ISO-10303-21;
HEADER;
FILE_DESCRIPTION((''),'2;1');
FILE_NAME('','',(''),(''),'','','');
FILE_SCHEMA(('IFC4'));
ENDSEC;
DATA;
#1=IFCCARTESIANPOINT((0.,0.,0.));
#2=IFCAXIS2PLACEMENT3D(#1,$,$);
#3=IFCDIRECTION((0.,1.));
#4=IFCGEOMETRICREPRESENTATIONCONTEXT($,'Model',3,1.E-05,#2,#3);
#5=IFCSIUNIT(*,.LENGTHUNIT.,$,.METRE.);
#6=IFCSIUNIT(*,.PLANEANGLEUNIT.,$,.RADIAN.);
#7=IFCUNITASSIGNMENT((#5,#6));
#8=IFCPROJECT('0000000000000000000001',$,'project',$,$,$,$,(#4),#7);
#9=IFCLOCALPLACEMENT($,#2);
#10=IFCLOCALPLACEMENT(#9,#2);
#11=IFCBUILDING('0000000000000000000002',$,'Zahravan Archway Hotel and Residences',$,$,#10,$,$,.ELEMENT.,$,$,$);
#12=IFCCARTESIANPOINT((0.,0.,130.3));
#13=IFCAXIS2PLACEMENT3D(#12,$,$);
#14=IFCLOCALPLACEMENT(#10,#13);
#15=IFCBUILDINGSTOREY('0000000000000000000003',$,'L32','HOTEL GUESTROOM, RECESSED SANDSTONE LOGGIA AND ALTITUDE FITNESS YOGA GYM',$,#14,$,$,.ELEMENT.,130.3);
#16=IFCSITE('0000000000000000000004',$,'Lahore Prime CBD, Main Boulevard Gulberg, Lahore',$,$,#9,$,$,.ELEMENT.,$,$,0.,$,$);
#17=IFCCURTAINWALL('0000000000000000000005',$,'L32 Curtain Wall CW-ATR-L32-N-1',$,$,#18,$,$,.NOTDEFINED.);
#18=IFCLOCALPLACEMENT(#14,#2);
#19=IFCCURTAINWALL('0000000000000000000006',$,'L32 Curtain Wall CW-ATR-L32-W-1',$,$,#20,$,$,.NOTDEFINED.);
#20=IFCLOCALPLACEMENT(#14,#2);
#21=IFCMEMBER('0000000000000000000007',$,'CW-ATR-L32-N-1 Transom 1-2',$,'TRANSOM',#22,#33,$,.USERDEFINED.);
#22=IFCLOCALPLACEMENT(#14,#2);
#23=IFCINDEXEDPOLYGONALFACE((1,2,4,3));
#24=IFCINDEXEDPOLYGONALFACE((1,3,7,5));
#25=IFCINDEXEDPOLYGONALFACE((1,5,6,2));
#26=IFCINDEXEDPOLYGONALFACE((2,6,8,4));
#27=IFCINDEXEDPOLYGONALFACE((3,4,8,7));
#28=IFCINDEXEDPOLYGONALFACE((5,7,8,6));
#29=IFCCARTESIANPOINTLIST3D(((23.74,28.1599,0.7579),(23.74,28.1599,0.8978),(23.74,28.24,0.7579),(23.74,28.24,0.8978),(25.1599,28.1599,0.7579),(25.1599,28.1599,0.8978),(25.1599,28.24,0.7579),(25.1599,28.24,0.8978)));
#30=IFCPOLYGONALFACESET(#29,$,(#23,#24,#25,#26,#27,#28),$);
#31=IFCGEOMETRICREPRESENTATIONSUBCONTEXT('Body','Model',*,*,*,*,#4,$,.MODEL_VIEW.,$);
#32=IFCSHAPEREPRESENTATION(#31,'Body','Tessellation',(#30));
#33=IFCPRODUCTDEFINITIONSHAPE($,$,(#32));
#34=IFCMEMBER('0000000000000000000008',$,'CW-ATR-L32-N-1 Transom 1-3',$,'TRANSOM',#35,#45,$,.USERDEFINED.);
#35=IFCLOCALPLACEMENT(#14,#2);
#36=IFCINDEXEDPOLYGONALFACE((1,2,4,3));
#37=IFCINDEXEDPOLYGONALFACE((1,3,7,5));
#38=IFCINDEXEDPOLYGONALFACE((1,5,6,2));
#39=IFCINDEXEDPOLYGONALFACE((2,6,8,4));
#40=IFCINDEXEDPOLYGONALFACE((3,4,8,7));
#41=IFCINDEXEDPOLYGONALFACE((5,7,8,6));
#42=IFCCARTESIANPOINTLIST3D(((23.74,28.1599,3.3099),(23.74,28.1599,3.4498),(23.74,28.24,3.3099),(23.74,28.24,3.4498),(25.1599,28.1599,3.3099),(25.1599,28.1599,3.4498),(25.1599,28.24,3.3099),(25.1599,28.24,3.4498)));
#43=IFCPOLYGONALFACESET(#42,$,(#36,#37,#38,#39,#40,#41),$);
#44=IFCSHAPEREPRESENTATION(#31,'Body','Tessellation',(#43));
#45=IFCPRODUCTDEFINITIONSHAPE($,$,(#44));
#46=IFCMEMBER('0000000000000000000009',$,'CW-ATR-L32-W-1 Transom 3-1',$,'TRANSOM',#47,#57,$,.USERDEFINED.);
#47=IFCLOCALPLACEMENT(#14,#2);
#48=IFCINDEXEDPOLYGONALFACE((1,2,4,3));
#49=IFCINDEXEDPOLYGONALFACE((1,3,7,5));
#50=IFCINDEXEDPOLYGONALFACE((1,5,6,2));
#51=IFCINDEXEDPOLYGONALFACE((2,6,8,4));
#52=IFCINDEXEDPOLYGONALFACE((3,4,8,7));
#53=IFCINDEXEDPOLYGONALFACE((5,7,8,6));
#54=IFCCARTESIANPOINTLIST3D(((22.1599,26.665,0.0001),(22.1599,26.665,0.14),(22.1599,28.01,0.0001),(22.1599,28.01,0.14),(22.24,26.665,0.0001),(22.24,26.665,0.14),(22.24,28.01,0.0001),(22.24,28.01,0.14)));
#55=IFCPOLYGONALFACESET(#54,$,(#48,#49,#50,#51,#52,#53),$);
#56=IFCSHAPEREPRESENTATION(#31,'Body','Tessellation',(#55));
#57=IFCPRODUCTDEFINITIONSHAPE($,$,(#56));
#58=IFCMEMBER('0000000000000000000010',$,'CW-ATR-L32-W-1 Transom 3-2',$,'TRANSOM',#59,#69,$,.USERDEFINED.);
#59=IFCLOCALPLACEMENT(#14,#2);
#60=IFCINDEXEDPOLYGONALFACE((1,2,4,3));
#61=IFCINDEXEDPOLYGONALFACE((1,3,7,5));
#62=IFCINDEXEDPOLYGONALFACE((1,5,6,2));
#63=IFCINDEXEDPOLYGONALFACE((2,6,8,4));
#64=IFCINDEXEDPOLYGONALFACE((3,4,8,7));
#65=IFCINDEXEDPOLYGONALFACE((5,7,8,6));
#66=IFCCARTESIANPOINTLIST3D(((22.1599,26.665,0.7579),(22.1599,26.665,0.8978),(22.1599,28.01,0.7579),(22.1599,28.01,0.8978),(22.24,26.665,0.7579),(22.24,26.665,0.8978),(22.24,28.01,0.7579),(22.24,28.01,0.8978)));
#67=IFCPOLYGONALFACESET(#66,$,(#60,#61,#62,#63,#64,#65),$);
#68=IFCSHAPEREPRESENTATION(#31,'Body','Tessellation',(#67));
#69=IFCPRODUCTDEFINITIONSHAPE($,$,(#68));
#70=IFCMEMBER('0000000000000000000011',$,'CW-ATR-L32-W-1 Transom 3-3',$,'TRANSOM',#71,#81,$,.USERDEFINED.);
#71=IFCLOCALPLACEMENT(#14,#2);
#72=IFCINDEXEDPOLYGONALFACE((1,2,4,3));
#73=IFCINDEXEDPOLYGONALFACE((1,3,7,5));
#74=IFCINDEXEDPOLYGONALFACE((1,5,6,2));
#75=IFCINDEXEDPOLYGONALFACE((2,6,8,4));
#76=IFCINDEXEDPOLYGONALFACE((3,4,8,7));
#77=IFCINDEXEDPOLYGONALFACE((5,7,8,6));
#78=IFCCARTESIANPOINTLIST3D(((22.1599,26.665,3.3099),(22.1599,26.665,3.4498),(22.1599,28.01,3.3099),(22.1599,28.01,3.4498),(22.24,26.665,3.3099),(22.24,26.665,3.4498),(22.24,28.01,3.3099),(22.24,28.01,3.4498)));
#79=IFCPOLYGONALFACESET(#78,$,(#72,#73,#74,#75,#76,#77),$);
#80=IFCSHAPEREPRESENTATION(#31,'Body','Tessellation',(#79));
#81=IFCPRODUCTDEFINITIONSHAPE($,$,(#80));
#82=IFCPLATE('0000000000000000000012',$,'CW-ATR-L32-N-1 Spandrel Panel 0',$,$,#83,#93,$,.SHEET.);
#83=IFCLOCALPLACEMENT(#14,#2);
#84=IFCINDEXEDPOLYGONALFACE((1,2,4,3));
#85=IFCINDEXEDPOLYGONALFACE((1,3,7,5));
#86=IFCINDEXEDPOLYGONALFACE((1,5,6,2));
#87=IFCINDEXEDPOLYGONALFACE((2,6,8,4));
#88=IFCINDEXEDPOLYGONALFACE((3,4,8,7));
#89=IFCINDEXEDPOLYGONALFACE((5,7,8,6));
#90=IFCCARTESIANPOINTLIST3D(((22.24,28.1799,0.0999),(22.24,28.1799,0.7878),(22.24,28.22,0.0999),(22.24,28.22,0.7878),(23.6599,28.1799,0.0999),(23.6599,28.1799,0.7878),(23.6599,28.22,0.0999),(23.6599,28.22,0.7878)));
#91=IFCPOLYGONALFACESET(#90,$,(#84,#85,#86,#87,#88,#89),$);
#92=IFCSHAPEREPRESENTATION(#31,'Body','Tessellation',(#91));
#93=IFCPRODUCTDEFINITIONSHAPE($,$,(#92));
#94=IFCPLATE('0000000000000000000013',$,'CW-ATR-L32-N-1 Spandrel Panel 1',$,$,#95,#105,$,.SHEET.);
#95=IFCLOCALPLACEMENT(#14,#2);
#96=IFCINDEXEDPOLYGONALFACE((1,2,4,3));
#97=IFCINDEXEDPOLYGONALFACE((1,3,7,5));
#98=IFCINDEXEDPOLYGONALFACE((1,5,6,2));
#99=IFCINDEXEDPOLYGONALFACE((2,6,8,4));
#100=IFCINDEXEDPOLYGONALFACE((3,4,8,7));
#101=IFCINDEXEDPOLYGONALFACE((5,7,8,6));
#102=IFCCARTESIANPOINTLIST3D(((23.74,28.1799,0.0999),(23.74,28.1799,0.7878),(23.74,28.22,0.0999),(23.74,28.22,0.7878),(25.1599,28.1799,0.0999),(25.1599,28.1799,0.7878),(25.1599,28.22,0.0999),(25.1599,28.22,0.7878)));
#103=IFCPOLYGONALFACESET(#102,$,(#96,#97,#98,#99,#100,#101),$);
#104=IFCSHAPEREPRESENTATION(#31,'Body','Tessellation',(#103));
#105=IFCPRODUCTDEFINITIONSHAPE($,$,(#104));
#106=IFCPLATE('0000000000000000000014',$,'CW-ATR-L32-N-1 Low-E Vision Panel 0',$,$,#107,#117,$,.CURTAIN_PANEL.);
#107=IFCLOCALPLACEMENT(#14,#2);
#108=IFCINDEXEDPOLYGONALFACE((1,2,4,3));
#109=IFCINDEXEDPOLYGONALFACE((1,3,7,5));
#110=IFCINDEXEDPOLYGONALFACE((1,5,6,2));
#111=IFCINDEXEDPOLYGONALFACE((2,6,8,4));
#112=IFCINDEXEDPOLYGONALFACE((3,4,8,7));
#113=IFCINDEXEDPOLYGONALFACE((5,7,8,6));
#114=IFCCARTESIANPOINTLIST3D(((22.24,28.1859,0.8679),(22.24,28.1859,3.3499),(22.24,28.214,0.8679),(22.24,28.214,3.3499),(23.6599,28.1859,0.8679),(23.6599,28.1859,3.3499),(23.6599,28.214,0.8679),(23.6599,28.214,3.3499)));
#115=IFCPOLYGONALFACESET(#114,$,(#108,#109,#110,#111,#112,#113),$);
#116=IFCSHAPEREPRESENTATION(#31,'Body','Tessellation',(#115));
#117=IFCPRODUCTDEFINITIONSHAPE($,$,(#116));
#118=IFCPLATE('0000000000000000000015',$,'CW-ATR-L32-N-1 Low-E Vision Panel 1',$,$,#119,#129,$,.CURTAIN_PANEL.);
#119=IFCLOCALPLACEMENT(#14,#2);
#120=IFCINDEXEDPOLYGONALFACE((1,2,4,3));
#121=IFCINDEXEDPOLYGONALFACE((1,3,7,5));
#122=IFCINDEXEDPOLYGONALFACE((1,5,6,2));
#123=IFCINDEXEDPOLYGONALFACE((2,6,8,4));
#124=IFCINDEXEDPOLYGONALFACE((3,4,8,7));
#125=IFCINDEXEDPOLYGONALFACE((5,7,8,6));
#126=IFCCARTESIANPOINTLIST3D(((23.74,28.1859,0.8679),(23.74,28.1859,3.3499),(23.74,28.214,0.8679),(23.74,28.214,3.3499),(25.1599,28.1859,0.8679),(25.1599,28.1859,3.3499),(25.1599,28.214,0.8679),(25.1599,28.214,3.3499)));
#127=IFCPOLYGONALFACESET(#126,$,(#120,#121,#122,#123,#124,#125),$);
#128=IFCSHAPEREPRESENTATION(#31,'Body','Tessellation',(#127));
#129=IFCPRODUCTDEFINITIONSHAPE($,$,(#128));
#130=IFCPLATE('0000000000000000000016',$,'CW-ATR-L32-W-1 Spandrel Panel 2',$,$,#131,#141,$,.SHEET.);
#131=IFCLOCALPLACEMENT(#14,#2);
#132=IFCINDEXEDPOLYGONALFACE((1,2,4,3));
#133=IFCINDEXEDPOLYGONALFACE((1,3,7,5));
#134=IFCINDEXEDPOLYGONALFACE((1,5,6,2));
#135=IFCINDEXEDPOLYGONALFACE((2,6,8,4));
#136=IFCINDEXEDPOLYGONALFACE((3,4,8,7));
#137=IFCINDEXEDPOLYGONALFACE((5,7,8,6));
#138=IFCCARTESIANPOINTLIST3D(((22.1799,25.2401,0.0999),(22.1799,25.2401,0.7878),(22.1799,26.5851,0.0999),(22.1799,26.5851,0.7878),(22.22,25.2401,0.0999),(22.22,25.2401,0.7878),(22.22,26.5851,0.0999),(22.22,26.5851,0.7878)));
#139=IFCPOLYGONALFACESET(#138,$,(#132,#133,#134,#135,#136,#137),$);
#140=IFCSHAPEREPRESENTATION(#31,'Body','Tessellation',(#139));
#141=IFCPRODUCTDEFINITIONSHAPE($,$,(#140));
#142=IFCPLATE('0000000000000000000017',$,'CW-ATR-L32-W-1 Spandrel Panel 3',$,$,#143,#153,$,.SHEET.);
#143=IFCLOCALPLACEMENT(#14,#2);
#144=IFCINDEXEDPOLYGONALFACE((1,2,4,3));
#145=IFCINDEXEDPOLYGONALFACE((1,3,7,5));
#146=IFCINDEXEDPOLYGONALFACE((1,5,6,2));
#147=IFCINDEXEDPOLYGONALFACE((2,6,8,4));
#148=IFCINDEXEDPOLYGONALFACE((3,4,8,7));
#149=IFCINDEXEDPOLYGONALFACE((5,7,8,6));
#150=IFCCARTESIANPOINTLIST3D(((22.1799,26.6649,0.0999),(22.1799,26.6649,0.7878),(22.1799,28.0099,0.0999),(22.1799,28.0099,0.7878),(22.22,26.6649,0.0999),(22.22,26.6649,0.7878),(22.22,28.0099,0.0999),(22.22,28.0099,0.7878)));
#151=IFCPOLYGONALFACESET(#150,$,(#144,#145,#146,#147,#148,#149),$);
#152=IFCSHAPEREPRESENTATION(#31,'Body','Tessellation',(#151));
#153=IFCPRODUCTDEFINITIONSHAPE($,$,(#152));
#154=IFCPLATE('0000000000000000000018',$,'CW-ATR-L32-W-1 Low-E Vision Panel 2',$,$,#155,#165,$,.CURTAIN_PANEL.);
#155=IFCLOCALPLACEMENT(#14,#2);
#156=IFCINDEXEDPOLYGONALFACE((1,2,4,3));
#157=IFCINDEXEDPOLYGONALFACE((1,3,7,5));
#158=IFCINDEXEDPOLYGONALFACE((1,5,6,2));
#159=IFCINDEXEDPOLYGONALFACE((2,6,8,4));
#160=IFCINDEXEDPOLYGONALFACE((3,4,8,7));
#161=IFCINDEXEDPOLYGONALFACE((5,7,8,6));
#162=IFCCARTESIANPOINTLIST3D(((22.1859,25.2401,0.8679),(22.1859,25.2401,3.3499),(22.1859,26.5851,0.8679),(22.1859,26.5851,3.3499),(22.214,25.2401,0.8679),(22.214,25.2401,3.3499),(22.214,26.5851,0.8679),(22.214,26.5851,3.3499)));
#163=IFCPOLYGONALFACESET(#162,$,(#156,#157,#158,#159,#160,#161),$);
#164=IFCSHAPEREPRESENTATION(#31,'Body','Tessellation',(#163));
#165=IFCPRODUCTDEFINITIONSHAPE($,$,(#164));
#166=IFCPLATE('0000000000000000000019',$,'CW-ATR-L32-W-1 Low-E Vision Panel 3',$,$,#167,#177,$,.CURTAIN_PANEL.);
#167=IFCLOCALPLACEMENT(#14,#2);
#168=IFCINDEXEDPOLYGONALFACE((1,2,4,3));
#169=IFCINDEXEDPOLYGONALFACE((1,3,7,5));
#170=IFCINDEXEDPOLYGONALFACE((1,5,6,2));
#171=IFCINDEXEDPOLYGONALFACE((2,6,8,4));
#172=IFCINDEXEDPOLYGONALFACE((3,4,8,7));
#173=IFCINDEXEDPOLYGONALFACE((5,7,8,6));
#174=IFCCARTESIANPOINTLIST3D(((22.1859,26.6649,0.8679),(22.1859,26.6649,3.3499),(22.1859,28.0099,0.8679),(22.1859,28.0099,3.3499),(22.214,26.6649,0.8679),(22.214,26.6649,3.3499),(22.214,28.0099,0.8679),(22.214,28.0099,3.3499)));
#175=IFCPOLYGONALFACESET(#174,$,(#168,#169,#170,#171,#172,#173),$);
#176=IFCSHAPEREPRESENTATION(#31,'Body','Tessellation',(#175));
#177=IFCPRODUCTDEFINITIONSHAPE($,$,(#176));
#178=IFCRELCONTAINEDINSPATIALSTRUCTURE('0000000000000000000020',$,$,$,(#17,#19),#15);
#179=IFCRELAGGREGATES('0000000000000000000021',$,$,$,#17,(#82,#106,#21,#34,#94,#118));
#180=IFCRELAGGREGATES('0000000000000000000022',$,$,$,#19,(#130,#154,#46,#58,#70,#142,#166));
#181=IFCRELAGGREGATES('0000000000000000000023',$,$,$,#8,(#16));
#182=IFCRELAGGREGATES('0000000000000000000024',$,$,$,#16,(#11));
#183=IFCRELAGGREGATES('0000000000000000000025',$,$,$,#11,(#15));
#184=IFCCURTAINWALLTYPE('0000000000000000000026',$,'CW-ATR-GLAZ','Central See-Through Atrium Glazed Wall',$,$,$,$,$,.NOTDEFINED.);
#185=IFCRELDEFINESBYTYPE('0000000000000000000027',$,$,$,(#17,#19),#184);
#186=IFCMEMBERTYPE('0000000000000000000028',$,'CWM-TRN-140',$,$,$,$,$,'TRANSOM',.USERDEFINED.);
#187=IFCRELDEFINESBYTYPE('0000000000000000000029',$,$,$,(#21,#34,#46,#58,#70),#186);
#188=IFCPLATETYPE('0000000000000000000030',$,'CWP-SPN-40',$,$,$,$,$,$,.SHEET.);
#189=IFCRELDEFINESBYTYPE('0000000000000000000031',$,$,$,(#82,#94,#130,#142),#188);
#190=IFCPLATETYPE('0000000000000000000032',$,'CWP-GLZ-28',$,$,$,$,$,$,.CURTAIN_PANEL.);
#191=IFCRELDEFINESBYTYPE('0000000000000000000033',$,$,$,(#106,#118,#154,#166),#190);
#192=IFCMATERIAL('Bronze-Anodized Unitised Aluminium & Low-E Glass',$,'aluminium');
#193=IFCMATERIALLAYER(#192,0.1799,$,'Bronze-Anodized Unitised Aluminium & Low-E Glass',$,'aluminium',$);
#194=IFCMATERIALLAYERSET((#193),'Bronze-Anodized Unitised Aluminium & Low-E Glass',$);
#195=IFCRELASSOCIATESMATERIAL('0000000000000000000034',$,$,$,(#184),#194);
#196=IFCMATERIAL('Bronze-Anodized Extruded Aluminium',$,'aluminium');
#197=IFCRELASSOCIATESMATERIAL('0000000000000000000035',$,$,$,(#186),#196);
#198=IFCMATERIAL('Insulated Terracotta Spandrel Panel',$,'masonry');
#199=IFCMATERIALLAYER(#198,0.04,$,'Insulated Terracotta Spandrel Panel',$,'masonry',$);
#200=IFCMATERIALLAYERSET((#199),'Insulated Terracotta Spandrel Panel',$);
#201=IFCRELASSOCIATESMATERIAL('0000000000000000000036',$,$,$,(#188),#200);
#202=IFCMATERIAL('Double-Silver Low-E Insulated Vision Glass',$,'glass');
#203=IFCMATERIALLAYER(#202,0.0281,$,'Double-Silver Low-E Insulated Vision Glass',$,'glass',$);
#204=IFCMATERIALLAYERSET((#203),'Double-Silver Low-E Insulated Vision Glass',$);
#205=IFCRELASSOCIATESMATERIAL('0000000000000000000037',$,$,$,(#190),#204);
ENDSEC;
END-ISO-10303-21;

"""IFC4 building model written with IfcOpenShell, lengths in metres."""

from ifc_helpers import new_model, si_unit, direction, frame, origin, origin_2d, place, context, subcontext, project, spatial, rectangle, extrude, source, transform, mapped, material, layer, layer_set, material_profile, profile_set, type_object, element, aggregate, save


model = new_model("IFC4")

# Units and contexts
model_context = context("Model", 3, precision=1e-05, world=origin(), true_north=direction((0.0, 1.0)))
body_context = subcontext(model_context, "Body", "Model", "MODEL_VIEW")
ifc_project = project(units=[si_unit("LENGTHUNIT", "METRE"), si_unit("PLANEANGLEUNIT", "RADIAN")], contexts=[model_context])

# Site, building, storey
site_placement = place(None, origin())
site = spatial("IfcSite", under=ifc_project, at=site_placement, Name="Lahore Prime CBD, Main Boulevard Gulberg, Lahore", CompositionType="ELEMENT", RefElevation=0.0)
building_placement = place(site_placement, origin())
building = spatial("IfcBuilding", under=site, at=building_placement, Name="Zahravan Archway Hotel and Residences", CompositionType="ELEMENT")
storey_placement = place(building_placement, frame((0.0, 0.0, 130.3)))
storey = spatial("IfcBuildingStorey", under=building, at=storey_placement, Name="L32", Description="HOTEL GUESTROOM, RECESSED SANDSTONE LOGGIA AND ALTITUDE FITNESS YOGA GYM", CompositionType="ELEMENT", Elevation=130.3)

# Shared definitions
ifc_material_1 = material(Name="Bronze-Anodized Unitised Aluminium & Low-E Glass", Category="aluminium")
ifc_layer_1 = layer(ifc_material_1, 0.1799, Name="Bronze-Anodized Unitised Aluminium & Low-E Glass", Category="aluminium")
ifc_layer_set_1 = layer_set([ifc_layer_1], Name="Bronze-Anodized Unitised Aluminium & Low-E Glass")
curtain_wall_type = type_object("IfcCurtainWallType", Name="CW-ATR-GLAZ", Description="Central See-Through Atrium Glazed Wall", PredefinedType="NOTDEFINED", material=ifc_layer_set_1)
ifc_material_2 = material(Name="Bronze-Anodized Extruded Aluminium", Category="aluminium")

# Curtain walls
curtain_wall_1_placement = place(storey_placement, origin())
curtain_wall_1 = element("IfcCurtainWall", 1, at=curtain_wall_1_placement, inside=storey, type_object=curtain_wall_type, Name="L32 Curtain Wall CW-ATR-L32-N-1", PredefinedType="NOTDEFINED")
curtain_wall_2_placement = place(storey_placement, origin())
curtain_wall_2 = element("IfcCurtainWall", 2, at=curtain_wall_2_placement, inside=storey, type_object=curtain_wall_type, Name="L32 Curtain Wall CW-ATR-L32-W-1", PredefinedType="NOTDEFINED")

# Members
ifc_material_profile_1 = material_profile(ifc_material_2, rectangle(XDim=0.0801, YDim=0.1399, at=origin_2d()), Name="TRN 80x140", Category="aluminium")
ifc_profile_set_1 = profile_set([ifc_material_profile_1], Name="Bronze-Anodized Extruded Aluminium")
member_type_1 = type_object("IfcMemberType", Name="CWM-TRN-140", ElementType="TRANSOM", PredefinedType="USERDEFINED", material=ifc_profile_set_1)
shared_shape_1 = source(origin(), body_context, "Body", "SweptSolid", [
    extrude(rectangle(XDim=0.0801, YDim=0.1399, at=origin_2d()), origin(), (0.0, 0.0, 1.0), 1.4199),
])
member_1_placement = place(storey_placement, frame((23.74, 28.2, 0.8279), z_axis=(1.0, 0.0, 0.0), x_axis=(0.0, 1.0, 0.0)))
member_1 = element("IfcMember", 3, at=member_1_placement, type_object=member_type_1, Name="CW-ATR-L32-N-1 Transom 1-2", ObjectType="TRANSOM", PredefinedType="USERDEFINED", context=body_context, shape_type="MappedRepresentation", body=[
    mapped(shared_shape_1, transform((0.0, 0.0, 0.0), scale=1.0)),
])
member_2_placement = place(storey_placement, frame((23.74, 28.2, 3.3799), z_axis=(1.0, 0.0, 0.0), x_axis=(0.0, 1.0, 0.0)))
member_2 = element("IfcMember", 4, at=member_2_placement, type_object=member_type_1, Name="CW-ATR-L32-N-1 Transom 1-3", ObjectType="TRANSOM", PredefinedType="USERDEFINED", context=body_context, shape_type="MappedRepresentation", body=[
    mapped(shared_shape_1, transform((0.0, 0.0, 0.0), scale=1.0)),
])
shared_shape_2 = source(origin(), body_context, "Body", "SweptSolid", [
    extrude(rectangle(XDim=0.0801, YDim=0.1399, at=origin_2d()), origin(), (0.0, 0.0, 1.0), 1.345),
])
member_3_placement = place(storey_placement, frame((22.2, 26.665, 0.0701), z_axis=(0.0, 1.0, 0.0), x_axis=(-1.0, 0.0, 0.0)))
member_3 = element("IfcMember", 5, at=member_3_placement, type_object=member_type_1, Name="CW-ATR-L32-W-1 Transom 3-1", ObjectType="TRANSOM", PredefinedType="USERDEFINED", context=body_context, shape_type="MappedRepresentation", body=[
    mapped(shared_shape_2, transform((0.0, 0.0, 0.0), scale=1.0)),
])
member_4_placement = place(storey_placement, frame((22.2, 26.665, 0.8279), z_axis=(0.0, 1.0, 0.0), x_axis=(-1.0, 0.0, 0.0)))
member_4 = element("IfcMember", 6, at=member_4_placement, type_object=member_type_1, Name="CW-ATR-L32-W-1 Transom 3-2", ObjectType="TRANSOM", PredefinedType="USERDEFINED", context=body_context, shape_type="MappedRepresentation", body=[
    mapped(shared_shape_2, transform((0.0, 0.0, 0.0), scale=1.0)),
])
member_5_placement = place(storey_placement, frame((22.2, 26.665, 3.3799), z_axis=(0.0, 1.0, 0.0), x_axis=(-1.0, 0.0, 0.0)))
member_5 = element("IfcMember", 7, at=member_5_placement, type_object=member_type_1, Name="CW-ATR-L32-W-1 Transom 3-3", ObjectType="TRANSOM", PredefinedType="USERDEFINED", context=body_context, shape_type="MappedRepresentation", body=[
    mapped(shared_shape_2, transform((0.0, 0.0, 0.0), scale=1.0)),
])

# Plates
ifc_material_3 = material(Name="Insulated Terracotta Spandrel Panel", Category="masonry")
ifc_layer_2 = layer(ifc_material_3, 0.04, Name="Insulated Terracotta Spandrel Panel", Category="masonry")
ifc_layer_set_2 = layer_set([ifc_layer_2], Name="Insulated Terracotta Spandrel Panel")
plate_type_1 = type_object("IfcPlateType", Name="CWP-SPN-40", PredefinedType="SHEET", material=ifc_layer_set_2)
shared_shape_3 = source(origin(), body_context, "Body", "SweptSolid", [
    extrude(rectangle(XDim=1.4199, YDim=0.04, at=origin_2d()), origin(), (0.0, 0.0, 1.0), 0.688),
])
plate_1_placement = place(storey_placement, frame((22.95, 28.2, 0.0999), z_axis=(0.0, 0.0, 1.0), x_axis=(1.0, 0.0, 0.0)))
plate_1 = element("IfcPlate", 8, at=plate_1_placement, type_object=plate_type_1, Name="CW-ATR-L32-N-1 Spandrel Panel 0", PredefinedType="SHEET", context=body_context, shape_type="MappedRepresentation", body=[
    mapped(shared_shape_3, transform((0.0, 0.0, 0.0), scale=1.0)),
])
plate_2_placement = place(storey_placement, frame((24.45, 28.2, 0.0999), z_axis=(0.0, 0.0, 1.0), x_axis=(1.0, 0.0, 0.0)))
plate_2 = element("IfcPlate", 9, at=plate_2_placement, type_object=plate_type_1, Name="CW-ATR-L32-N-1 Spandrel Panel 1", PredefinedType="SHEET", context=body_context, shape_type="MappedRepresentation", body=[
    mapped(shared_shape_3, transform((0.0, 0.0, 0.0), scale=1.0)),
])
ifc_material_4 = material(Name="Double-Silver Low-E Insulated Vision Glass", Category="glass")
ifc_layer_3 = layer(ifc_material_4, 0.0281, Name="Double-Silver Low-E Insulated Vision Glass", Category="glass")
ifc_layer_set_3 = layer_set([ifc_layer_3], Name="Double-Silver Low-E Insulated Vision Glass")
plate_type_2 = type_object("IfcPlateType", Name="CWP-GLZ-28", PredefinedType="CURTAIN_PANEL", material=ifc_layer_set_3)
shared_shape_4 = source(origin(), body_context, "Body", "SweptSolid", [
    extrude(rectangle(XDim=1.4199, YDim=0.0281, at=origin_2d()), origin(), (0.0, 0.0, 1.0), 2.4819),
])
plate_3_placement = place(storey_placement, frame((22.95, 28.2, 0.8679), z_axis=(0.0, 0.0, 1.0), x_axis=(1.0, 0.0, 0.0)))
plate_3 = element("IfcPlate", 10, at=plate_3_placement, type_object=plate_type_2, Name="CW-ATR-L32-N-1 Low-E Vision Panel 0", PredefinedType="CURTAIN_PANEL", context=body_context, shape_type="MappedRepresentation", body=[
    mapped(shared_shape_4, transform((0.0, 0.0, 0.0), scale=1.0)),
])
plate_4_placement = place(storey_placement, frame((24.45, 28.2, 0.8679), z_axis=(0.0, 0.0, 1.0), x_axis=(1.0, 0.0, 0.0)))
plate_4 = element("IfcPlate", 11, at=plate_4_placement, type_object=plate_type_2, Name="CW-ATR-L32-N-1 Low-E Vision Panel 1", PredefinedType="CURTAIN_PANEL", context=body_context, shape_type="MappedRepresentation", body=[
    mapped(shared_shape_4, transform((0.0, 0.0, 0.0), scale=1.0)),
])
aggregate(curtain_wall_1, [plate_1, plate_3, member_1, member_2, plate_2, plate_4])
shared_shape_5 = source(origin(), body_context, "Body", "SweptSolid", [
    extrude(rectangle(XDim=1.345, YDim=0.04, at=origin_2d()), origin(), (0.0, 0.0, 1.0), 0.688),
])
plate_5_placement = place(storey_placement, frame((22.2, 25.9126, 0.0999), z_axis=(0.0, 0.0, 1.0), x_axis=(0.0, 1.0, 0.0)))
plate_5 = element("IfcPlate", 12, at=plate_5_placement, type_object=plate_type_1, Name="CW-ATR-L32-W-1 Spandrel Panel 2", PredefinedType="SHEET", context=body_context, shape_type="MappedRepresentation", body=[
    mapped(shared_shape_5, transform((0.0, 0.0, 0.0), scale=1.0)),
])
plate_6_placement = place(storey_placement, frame((22.2, 27.3374, 0.0999), z_axis=(0.0, 0.0, 1.0), x_axis=(0.0, 1.0, 0.0)))
plate_6 = element("IfcPlate", 13, at=plate_6_placement, type_object=plate_type_1, Name="CW-ATR-L32-W-1 Spandrel Panel 3", PredefinedType="SHEET", context=body_context, shape_type="MappedRepresentation", body=[
    mapped(shared_shape_5, transform((0.0, 0.0, 0.0), scale=1.0)),
])
shared_shape_6 = source(origin(), body_context, "Body", "SweptSolid", [
    extrude(rectangle(XDim=1.345, YDim=0.0281, at=origin_2d()), origin(), (0.0, 0.0, 1.0), 2.4819),
])
plate_7_placement = place(storey_placement, frame((22.2, 25.9126, 0.8679), z_axis=(0.0, 0.0, 1.0), x_axis=(0.0, 1.0, 0.0)))
plate_7 = element("IfcPlate", 14, at=plate_7_placement, type_object=plate_type_2, Name="CW-ATR-L32-W-1 Low-E Vision Panel 2", PredefinedType="CURTAIN_PANEL", context=body_context, shape_type="MappedRepresentation", body=[
    mapped(shared_shape_6, transform((0.0, 0.0, 0.0), scale=1.0)),
])
plate_8_placement = place(storey_placement, frame((22.2, 27.3374, 0.8679), z_axis=(0.0, 0.0, 1.0), x_axis=(0.0, 1.0, 0.0)))
plate_8 = element("IfcPlate", 15, at=plate_8_placement, type_object=plate_type_2, Name="CW-ATR-L32-W-1 Low-E Vision Panel 3", PredefinedType="CURTAIN_PANEL", context=body_context, shape_type="MappedRepresentation", body=[
    mapped(shared_shape_6, transform((0.0, 0.0, 0.0), scale=1.0)),
])
aggregate(curtain_wall_2, [plate_5, plate_7, member_3, member_4, member_5, plate_6, plate_8])

save(model, "model.ifc")
